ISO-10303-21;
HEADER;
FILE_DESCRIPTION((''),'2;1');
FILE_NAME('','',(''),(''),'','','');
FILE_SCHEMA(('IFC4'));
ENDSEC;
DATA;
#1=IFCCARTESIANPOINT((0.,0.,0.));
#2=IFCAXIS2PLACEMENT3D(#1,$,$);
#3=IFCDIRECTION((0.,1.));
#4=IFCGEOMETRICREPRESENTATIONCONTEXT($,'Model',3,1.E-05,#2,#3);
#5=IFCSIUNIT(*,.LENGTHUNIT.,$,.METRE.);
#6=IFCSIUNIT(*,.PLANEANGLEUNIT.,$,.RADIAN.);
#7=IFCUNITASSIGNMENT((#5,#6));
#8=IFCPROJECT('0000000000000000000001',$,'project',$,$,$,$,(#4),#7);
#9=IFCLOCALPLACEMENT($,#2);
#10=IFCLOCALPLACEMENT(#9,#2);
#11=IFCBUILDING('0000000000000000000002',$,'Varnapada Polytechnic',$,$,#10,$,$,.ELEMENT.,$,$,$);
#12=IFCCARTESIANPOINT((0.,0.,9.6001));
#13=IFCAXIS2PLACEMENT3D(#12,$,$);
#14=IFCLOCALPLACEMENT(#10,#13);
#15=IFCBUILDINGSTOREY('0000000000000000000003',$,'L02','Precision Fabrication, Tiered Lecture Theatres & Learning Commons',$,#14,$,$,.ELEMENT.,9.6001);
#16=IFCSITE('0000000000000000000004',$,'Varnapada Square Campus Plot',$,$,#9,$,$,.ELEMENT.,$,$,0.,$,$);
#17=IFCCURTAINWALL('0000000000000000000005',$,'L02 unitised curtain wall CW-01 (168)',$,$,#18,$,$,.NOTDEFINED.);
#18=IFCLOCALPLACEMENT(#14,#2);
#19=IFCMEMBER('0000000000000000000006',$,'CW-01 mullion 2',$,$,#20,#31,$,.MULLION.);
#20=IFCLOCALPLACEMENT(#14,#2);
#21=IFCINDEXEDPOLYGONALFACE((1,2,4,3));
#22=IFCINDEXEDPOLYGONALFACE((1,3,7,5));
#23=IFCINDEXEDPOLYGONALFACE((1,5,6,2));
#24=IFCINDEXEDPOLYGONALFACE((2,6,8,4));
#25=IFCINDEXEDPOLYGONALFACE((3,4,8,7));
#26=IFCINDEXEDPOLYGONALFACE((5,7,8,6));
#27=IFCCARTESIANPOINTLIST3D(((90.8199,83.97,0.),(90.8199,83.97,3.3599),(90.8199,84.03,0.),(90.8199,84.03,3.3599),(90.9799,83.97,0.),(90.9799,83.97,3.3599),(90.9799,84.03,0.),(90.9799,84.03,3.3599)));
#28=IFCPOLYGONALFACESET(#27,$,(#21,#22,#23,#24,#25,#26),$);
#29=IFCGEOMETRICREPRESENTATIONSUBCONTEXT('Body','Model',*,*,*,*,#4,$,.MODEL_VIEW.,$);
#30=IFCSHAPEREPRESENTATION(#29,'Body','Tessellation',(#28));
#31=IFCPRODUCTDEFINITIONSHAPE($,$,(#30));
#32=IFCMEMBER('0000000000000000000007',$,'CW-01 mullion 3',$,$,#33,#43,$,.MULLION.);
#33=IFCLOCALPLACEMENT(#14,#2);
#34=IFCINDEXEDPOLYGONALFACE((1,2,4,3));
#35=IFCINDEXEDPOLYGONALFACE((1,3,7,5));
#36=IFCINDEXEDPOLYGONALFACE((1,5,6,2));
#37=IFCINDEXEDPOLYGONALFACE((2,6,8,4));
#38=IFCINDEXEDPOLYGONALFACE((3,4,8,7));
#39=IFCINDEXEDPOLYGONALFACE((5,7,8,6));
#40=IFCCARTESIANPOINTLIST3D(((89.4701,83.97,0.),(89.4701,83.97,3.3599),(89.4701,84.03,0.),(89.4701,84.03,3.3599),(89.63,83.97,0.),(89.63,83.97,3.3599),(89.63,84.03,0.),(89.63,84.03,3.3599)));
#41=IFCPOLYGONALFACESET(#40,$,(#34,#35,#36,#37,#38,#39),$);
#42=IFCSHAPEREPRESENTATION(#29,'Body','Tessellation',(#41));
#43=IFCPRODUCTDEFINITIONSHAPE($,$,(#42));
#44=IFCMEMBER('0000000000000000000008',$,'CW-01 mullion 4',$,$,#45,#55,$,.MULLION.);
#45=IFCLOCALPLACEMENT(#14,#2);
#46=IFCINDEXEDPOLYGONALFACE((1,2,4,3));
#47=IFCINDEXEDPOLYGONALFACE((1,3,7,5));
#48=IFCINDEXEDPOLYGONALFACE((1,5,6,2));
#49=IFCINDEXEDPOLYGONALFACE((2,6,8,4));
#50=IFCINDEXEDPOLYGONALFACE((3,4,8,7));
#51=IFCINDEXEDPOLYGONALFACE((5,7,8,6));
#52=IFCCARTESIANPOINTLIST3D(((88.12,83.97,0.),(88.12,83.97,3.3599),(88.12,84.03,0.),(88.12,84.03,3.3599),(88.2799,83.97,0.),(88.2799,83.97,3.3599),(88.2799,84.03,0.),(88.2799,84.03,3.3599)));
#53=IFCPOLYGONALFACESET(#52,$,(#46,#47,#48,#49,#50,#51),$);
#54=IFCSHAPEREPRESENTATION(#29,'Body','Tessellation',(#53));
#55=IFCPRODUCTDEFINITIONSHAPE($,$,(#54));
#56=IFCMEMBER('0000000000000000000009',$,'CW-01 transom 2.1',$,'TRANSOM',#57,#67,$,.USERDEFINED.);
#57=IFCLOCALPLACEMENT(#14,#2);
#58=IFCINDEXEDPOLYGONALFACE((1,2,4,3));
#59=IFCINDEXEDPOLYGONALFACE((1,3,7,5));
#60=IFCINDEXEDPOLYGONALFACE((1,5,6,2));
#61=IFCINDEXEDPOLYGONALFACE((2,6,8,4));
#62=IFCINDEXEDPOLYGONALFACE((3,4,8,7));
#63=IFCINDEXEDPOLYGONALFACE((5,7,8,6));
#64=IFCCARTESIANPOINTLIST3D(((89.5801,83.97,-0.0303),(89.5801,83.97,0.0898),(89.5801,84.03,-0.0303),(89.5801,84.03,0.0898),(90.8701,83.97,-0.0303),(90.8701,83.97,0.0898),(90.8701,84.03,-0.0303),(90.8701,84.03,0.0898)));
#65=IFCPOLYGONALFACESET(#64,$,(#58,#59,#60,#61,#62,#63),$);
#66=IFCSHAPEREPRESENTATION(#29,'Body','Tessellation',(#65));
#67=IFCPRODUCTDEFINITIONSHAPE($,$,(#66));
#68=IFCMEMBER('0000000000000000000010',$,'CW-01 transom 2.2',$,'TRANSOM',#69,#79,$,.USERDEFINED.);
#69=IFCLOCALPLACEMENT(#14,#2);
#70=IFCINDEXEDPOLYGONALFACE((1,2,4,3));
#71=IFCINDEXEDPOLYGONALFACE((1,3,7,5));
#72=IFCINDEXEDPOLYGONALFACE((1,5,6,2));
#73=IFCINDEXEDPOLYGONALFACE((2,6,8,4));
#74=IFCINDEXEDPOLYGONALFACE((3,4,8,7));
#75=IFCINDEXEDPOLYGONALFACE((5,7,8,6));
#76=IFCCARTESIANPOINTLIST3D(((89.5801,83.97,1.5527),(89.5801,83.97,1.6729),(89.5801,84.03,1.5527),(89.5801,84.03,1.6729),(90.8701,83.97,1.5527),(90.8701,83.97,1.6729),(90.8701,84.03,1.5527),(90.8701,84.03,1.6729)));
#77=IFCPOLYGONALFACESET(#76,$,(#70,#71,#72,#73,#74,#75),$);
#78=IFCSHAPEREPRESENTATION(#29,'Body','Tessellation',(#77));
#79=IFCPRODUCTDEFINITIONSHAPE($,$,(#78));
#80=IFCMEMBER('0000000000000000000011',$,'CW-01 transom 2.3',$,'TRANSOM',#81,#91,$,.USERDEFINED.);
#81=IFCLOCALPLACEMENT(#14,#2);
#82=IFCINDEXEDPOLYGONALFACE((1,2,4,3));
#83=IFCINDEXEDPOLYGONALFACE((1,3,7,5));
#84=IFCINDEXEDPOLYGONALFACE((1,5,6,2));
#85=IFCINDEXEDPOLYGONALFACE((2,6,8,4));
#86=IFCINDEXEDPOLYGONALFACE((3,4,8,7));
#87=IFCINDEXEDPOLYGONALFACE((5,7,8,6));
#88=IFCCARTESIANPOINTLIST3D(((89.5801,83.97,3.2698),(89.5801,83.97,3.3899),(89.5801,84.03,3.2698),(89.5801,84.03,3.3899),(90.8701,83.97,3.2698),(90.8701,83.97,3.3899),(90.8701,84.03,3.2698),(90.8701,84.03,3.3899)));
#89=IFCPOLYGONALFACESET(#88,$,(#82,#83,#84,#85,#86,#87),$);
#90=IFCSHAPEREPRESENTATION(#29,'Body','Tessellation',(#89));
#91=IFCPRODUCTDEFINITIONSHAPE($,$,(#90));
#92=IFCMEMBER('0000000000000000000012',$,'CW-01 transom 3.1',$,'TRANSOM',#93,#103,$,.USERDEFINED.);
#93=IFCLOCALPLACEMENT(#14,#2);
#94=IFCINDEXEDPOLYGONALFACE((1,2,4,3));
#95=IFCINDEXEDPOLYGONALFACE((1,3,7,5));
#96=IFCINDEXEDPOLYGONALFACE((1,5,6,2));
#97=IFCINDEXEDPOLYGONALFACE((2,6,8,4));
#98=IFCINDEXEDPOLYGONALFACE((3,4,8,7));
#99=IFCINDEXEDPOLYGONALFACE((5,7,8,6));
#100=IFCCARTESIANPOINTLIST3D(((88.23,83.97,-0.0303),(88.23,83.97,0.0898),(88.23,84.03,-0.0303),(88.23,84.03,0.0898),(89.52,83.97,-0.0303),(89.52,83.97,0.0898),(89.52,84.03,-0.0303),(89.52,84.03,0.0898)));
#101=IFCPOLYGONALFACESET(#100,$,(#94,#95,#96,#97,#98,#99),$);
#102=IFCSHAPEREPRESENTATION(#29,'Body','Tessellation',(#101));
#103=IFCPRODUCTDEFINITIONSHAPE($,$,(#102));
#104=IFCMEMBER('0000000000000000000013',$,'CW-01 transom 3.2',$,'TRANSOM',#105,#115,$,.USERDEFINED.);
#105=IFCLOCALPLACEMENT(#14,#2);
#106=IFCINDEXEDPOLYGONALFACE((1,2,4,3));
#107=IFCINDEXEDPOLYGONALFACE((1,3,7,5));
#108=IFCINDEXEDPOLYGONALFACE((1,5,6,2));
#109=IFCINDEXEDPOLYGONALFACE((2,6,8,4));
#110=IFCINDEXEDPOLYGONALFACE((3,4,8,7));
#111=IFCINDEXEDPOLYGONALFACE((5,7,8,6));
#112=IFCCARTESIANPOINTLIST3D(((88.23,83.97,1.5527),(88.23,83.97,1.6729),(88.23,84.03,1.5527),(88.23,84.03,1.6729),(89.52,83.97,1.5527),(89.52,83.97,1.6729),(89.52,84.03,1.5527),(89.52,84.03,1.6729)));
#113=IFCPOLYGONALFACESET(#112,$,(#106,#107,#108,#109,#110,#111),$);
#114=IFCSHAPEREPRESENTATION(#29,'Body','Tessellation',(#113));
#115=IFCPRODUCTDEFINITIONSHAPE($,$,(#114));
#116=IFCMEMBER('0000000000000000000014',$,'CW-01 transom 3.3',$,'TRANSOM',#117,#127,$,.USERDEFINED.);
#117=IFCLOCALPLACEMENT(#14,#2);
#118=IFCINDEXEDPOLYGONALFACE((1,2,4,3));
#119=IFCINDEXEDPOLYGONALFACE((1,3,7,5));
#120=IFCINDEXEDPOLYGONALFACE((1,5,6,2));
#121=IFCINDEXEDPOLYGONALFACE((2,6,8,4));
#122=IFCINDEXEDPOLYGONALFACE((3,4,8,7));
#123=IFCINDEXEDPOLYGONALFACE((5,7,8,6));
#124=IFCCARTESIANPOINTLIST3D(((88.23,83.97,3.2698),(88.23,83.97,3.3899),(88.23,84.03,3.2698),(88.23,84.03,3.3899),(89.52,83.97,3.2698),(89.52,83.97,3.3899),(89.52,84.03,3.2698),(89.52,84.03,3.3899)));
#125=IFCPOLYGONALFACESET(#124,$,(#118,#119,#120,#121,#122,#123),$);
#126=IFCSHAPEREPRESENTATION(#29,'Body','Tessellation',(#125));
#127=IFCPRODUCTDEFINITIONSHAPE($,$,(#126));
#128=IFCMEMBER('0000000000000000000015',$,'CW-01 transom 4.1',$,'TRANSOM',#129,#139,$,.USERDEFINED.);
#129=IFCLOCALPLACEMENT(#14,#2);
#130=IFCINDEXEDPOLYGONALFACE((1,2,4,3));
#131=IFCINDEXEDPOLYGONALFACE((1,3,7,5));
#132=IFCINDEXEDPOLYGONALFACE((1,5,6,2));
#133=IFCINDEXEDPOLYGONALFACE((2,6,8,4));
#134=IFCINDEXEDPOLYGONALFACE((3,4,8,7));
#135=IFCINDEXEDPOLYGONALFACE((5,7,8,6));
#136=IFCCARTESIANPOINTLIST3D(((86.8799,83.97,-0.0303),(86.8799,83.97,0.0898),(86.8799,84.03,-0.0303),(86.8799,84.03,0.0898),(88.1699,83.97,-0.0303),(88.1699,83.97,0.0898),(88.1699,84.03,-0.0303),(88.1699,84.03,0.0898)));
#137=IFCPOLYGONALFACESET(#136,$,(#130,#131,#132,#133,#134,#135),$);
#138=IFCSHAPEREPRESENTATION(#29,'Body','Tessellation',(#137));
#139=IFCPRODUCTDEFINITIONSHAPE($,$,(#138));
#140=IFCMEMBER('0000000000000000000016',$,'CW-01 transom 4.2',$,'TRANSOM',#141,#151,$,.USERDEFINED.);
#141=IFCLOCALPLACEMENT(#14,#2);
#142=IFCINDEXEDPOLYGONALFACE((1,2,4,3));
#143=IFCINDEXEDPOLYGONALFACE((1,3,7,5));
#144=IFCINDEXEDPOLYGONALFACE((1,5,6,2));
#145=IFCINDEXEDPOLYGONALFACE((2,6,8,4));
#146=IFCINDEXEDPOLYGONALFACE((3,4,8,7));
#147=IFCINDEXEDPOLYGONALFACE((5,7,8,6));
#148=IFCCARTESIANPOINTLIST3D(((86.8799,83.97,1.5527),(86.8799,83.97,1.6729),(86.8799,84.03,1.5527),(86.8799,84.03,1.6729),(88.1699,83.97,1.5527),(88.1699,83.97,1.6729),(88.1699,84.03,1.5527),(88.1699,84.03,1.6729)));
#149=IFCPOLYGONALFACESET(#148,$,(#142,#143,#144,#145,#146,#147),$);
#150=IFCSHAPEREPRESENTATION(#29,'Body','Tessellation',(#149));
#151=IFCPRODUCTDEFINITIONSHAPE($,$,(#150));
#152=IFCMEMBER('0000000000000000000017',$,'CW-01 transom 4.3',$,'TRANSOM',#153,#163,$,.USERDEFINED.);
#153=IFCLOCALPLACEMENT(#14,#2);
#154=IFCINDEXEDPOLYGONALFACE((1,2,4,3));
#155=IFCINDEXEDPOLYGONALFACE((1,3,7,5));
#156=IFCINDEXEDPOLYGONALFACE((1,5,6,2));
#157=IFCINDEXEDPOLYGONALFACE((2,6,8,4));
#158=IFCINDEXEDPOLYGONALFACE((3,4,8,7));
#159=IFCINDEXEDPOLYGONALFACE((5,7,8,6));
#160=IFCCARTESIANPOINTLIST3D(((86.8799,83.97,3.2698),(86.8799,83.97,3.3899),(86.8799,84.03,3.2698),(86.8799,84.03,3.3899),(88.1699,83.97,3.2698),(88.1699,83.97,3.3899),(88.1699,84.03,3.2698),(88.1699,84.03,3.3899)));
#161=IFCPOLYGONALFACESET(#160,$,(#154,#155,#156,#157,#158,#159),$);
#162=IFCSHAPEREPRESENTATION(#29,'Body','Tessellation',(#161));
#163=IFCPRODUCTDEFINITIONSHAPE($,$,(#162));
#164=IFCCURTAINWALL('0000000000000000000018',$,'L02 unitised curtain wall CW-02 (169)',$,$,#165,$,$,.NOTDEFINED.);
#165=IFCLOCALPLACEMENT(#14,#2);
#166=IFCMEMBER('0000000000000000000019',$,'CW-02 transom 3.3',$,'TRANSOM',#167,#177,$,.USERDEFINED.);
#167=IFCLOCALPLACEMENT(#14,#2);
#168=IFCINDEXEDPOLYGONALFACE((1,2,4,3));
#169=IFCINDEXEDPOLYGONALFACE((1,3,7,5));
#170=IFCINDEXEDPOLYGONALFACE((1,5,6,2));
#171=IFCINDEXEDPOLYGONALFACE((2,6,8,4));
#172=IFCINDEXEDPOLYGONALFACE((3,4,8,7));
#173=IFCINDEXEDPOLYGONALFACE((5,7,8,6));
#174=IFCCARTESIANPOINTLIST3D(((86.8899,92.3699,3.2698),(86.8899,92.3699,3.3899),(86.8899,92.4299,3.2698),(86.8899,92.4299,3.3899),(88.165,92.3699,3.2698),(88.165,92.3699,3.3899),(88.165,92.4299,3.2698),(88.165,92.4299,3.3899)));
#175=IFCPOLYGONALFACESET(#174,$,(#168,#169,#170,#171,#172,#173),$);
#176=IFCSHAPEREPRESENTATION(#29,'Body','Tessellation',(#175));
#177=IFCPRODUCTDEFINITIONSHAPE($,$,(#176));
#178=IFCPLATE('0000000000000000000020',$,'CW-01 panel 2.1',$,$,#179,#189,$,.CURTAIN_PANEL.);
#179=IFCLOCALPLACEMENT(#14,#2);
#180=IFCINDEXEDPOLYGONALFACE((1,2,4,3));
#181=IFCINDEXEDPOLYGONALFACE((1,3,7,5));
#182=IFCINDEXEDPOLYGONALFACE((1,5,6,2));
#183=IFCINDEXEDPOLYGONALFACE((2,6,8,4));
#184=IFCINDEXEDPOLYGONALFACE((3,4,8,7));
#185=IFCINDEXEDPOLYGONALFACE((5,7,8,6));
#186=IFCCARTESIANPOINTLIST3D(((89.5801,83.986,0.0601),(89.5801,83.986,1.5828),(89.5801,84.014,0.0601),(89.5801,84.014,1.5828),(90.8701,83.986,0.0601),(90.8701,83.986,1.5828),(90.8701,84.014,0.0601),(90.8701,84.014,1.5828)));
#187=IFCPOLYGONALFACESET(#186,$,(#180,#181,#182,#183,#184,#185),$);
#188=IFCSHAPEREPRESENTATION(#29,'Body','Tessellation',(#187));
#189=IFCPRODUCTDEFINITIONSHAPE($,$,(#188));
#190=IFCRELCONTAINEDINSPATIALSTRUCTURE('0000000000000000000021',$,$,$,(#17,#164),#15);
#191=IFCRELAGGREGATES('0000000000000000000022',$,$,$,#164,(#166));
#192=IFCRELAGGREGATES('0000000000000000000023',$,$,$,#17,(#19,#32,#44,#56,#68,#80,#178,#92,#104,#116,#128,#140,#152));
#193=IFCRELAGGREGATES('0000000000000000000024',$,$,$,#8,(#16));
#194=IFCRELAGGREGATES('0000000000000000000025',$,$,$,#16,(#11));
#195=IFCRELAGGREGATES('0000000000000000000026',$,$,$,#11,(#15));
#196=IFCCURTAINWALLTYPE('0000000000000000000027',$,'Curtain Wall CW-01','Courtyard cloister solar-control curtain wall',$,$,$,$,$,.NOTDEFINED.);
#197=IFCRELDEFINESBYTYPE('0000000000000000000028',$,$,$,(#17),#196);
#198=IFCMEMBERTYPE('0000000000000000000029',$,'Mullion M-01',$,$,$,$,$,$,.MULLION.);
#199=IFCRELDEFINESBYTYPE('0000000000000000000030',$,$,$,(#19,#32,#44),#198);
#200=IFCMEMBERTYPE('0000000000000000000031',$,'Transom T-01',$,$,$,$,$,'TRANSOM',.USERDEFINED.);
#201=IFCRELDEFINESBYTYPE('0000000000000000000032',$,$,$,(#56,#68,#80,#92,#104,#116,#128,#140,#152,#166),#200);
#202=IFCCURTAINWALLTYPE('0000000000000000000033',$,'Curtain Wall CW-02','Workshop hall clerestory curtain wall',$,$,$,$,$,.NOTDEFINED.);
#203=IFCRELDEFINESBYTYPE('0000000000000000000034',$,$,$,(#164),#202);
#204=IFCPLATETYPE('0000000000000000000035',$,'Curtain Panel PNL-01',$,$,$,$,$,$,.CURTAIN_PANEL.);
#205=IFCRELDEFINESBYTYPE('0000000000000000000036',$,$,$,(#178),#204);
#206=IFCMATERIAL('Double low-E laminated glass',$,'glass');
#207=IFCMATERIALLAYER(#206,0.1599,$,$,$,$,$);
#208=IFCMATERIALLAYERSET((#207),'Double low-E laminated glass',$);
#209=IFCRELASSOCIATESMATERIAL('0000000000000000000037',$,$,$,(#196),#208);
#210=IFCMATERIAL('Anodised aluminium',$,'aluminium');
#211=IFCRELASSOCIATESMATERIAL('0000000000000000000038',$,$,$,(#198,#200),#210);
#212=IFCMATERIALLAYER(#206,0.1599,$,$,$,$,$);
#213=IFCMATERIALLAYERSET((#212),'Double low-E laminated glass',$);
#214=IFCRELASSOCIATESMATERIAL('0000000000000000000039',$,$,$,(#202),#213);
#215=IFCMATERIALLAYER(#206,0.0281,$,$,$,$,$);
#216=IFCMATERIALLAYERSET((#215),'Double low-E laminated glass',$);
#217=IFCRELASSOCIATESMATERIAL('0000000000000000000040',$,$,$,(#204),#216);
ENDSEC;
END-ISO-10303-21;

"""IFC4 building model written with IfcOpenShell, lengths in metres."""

from ifc_helpers import new_model, si_unit, direction, frame, origin, origin_2d, place, context, subcontext, project, spatial, rectangle, extrude, material, layer, layer_set, material_profile, profile_set, type_object, element, aggregate, save


model = new_model("IFC4")

# Units and contexts
model_context = context("Model", 3, precision=1e-05, world=origin(), true_north=direction((0.0, 1.0)))
body_context = subcontext(model_context, "Body", "Model", "MODEL_VIEW")
ifc_project = project(units=[si_unit("LENGTHUNIT", "METRE"), si_unit("PLANEANGLEUNIT", "RADIAN")], contexts=[model_context])

# Site, building, storey
site_placement = place(None, origin())
site = spatial("IfcSite", under=ifc_project, at=site_placement, Name="Varnapada Square Campus Plot", CompositionType="ELEMENT", RefElevation=0.0)
building_placement = place(site_placement, origin())
building = spatial("IfcBuilding", under=site, at=building_placement, Name="Varnapada Polytechnic", CompositionType="ELEMENT")
storey_placement = place(building_placement, frame((0.0, 0.0, 9.6001)))
storey = spatial("IfcBuildingStorey", under=building, at=storey_placement, Name="L02", Description="Precision Fabrication, Tiered Lecture Theatres & Learning Commons", CompositionType="ELEMENT", Elevation=9.6001)

# Curtain wall, members
ifc_material_1 = material(Name="Double low-E laminated glass", Category="glass")
ifc_layer_1 = layer(ifc_material_1, 0.1599)
ifc_layer_set_1 = layer_set([ifc_layer_1], Name="Double low-E laminated glass")
curtain_wall_type_1 = type_object("IfcCurtainWallType", Name="Curtain Wall CW-01", Description="Courtyard cloister solar-control curtain wall", PredefinedType="NOTDEFINED", material=ifc_layer_set_1)
curtain_wall_1_placement = place(storey_placement, origin())
curtain_wall_1 = element("IfcCurtainWall", 1, at=curtain_wall_1_placement, inside=storey, type_object=curtain_wall_type_1, Name="L02 unitised curtain wall CW-01 (168)", PredefinedType="NOTDEFINED")
ifc_material_2 = material(Name="Anodised aluminium", Category="aluminium")
ifc_material_profile_1 = material_profile(ifc_material_2, rectangle(XDim=0.0601, YDim=0.1599, at=origin_2d()), Name="ALU M60x160")
ifc_profile_set_1 = profile_set([ifc_material_profile_1], Name="Anodised aluminium")
member_type_1 = type_object("IfcMemberType", Name="Mullion M-01", PredefinedType="MULLION", material=ifc_profile_set_1)
member_1_placement = place(storey_placement, frame((90.8999, 84.0, 0.0), z_axis=(0.0, 0.0, 1.0), x_axis=(0.0, -1.0, 0.0)))
member_1 = element("IfcMember", 2, at=member_1_placement, type_object=member_type_1, Name="CW-01 mullion 2", PredefinedType="MULLION", context=body_context, shape_type="SweptSolid", body=[
    extrude(rectangle(XDim=0.0601, YDim=0.1599, at=origin_2d()), origin(), (0.0, 0.0, 1.0), 3.3599),
])
member_2_placement = place(storey_placement, frame((89.55, 84.0, 0.0), z_axis=(0.0, 0.0, 1.0), x_axis=(0.0, -1.0, 0.0)))
member_2 = element("IfcMember", 3, at=member_2_placement, type_object=member_type_1, Name="CW-01 mullion 3", PredefinedType="MULLION", context=body_context, shape_type="SweptSolid", body=[
    extrude(rectangle(XDim=0.0601, YDim=0.1599, at=origin_2d()), origin(), (0.0, 0.0, 1.0), 3.3599),
])
member_3_placement = place(storey_placement, frame((88.2, 84.0, 0.0), z_axis=(0.0, 0.0, 1.0), x_axis=(0.0, -1.0, 0.0)))
member_3 = element("IfcMember", 4, at=member_3_placement, type_object=member_type_1, Name="CW-01 mullion 4", PredefinedType="MULLION", context=body_context, shape_type="SweptSolid", body=[
    extrude(rectangle(XDim=0.0601, YDim=0.1599, at=origin_2d()), origin(), (0.0, 0.0, 1.0), 3.3599),
])
ifc_material_profile_2 = material_profile(ifc_material_2, rectangle(XDim=0.0601, YDim=0.1201, at=origin_2d()), Name="ALU T60x120")
ifc_profile_set_2 = profile_set([ifc_material_profile_2], Name="Anodised aluminium")
member_type_2 = type_object("IfcMemberType", Name="Transom T-01", ElementType="TRANSOM", PredefinedType="USERDEFINED", material=ifc_profile_set_2)
member_4_placement = place(storey_placement, frame((90.8701, 84.0, 0.0298), z_axis=(-1.0, 0.0, 0.0), x_axis=(0.0, -1.0, 0.0)))
member_4 = element("IfcMember", 5, at=member_4_placement, type_object=member_type_2, Name="CW-01 transom 2.1", ObjectType="TRANSOM", PredefinedType="USERDEFINED", context=body_context, shape_type="SweptSolid", body=[
    extrude(rectangle(XDim=0.0601, YDim=0.1201, at=origin_2d()), origin(), (0.0, 0.0, 1.0), 1.29),
])
member_5_placement = place(storey_placement, frame((90.8701, 84.0, 1.6128), z_axis=(-1.0, 0.0, 0.0), x_axis=(0.0, -1.0, 0.0)))
member_5 = element("IfcMember", 6, at=member_5_placement, type_object=member_type_2, Name="CW-01 transom 2.2", ObjectType="TRANSOM", PredefinedType="USERDEFINED", context=body_context, shape_type="SweptSolid", body=[
    extrude(rectangle(XDim=0.0601, YDim=0.1201, at=origin_2d()), origin(), (0.0, 0.0, 1.0), 1.29),
])
member_6_placement = place(storey_placement, frame((90.8701, 84.0, 3.3298), z_axis=(-1.0, 0.0, 0.0), x_axis=(0.0, -1.0, 0.0)))
member_6 = element("IfcMember", 7, at=member_6_placement, type_object=member_type_2, Name="CW-01 transom 2.3", ObjectType="TRANSOM", PredefinedType="USERDEFINED", context=body_context, shape_type="SweptSolid", body=[
    extrude(rectangle(XDim=0.0601, YDim=0.1201, at=origin_2d()), origin(), (0.0, 0.0, 1.0), 1.29),
])
member_7_placement = place(storey_placement, frame((89.52, 84.0, 0.0298), z_axis=(-1.0, 0.0, 0.0), x_axis=(0.0, -1.0, 0.0)))
member_7 = element("IfcMember", 8, at=member_7_placement, type_object=member_type_2, Name="CW-01 transom 3.1", ObjectType="TRANSOM", PredefinedType="USERDEFINED", context=body_context, shape_type="SweptSolid", body=[
    extrude(rectangle(XDim=0.0601, YDim=0.1201, at=origin_2d()), origin(), (0.0, 0.0, 1.0), 1.29),
])
member_8_placement = place(storey_placement, frame((89.52, 84.0, 1.6128), z_axis=(-1.0, 0.0, 0.0), x_axis=(0.0, -1.0, 0.0)))
member_8 = element("IfcMember", 9, at=member_8_placement, type_object=member_type_2, Name="CW-01 transom 3.2", ObjectType="TRANSOM", PredefinedType="USERDEFINED", context=body_context, shape_type="SweptSolid", body=[
    extrude(rectangle(XDim=0.0601, YDim=0.1201, at=origin_2d()), origin(), (0.0, 0.0, 1.0), 1.29),
])
member_9_placement = place(storey_placement, frame((89.52, 84.0, 3.3298), z_axis=(-1.0, 0.0, 0.0), x_axis=(0.0, -1.0, 0.0)))
member_9 = element("IfcMember", 10, at=member_9_placement, type_object=member_type_2, Name="CW-01 transom 3.3", ObjectType="TRANSOM", PredefinedType="USERDEFINED", context=body_context, shape_type="SweptSolid", body=[
    extrude(rectangle(XDim=0.0601, YDim=0.1201, at=origin_2d()), origin(), (0.0, 0.0, 1.0), 1.29),
])
member_10_placement = place(storey_placement, frame((88.1699, 84.0, 0.0298), z_axis=(-1.0, 0.0, 0.0), x_axis=(0.0, -1.0, 0.0)))
member_10 = element("IfcMember", 11, at=member_10_placement, type_object=member_type_2, Name="CW-01 transom 4.1", ObjectType="TRANSOM", PredefinedType="USERDEFINED", context=body_context, shape_type="SweptSolid", body=[
    extrude(rectangle(XDim=0.0601, YDim=0.1201, at=origin_2d()), origin(), (0.0, 0.0, 1.0), 1.29),
])
member_11_placement = place(storey_placement, frame((88.1699, 84.0, 1.6128), z_axis=(-1.0, 0.0, 0.0), x_axis=(0.0, -1.0, 0.0)))
member_11 = element("IfcMember", 12, at=member_11_placement, type_object=member_type_2, Name="CW-01 transom 4.2", ObjectType="TRANSOM", PredefinedType="USERDEFINED", context=body_context, shape_type="SweptSolid", body=[
    extrude(rectangle(XDim=0.0601, YDim=0.1201, at=origin_2d()), origin(), (0.0, 0.0, 1.0), 1.29),
])
member_12_placement = place(storey_placement, frame((88.1699, 84.0, 3.3298), z_axis=(-1.0, 0.0, 0.0), x_axis=(0.0, -1.0, 0.0)))
member_12 = element("IfcMember", 13, at=member_12_placement, type_object=member_type_2, Name="CW-01 transom 4.3", ObjectType="TRANSOM", PredefinedType="USERDEFINED", context=body_context, shape_type="SweptSolid", body=[
    extrude(rectangle(XDim=0.0601, YDim=0.1201, at=origin_2d()), origin(), (0.0, 0.0, 1.0), 1.29),
])

# Curtain wall, member
ifc_layer_2 = layer(ifc_material_1, 0.1599)
ifc_layer_set_2 = layer_set([ifc_layer_2], Name="Double low-E laminated glass")
curtain_wall_type_2 = type_object("IfcCurtainWallType", Name="Curtain Wall CW-02", Description="Workshop hall clerestory curtain wall", PredefinedType="NOTDEFINED", material=ifc_layer_set_2)
curtain_wall_2_placement = place(storey_placement, origin())
curtain_wall_2 = element("IfcCurtainWall", 14, at=curtain_wall_2_placement, inside=storey, type_object=curtain_wall_type_2, Name="L02 unitised curtain wall CW-02 (169)", PredefinedType="NOTDEFINED")
member_13_placement = place(storey_placement, frame((86.8899, 92.3999, 3.3298), z_axis=(1.0, 0.0, 0.0), x_axis=(0.0, 1.0, 0.0)))
member_13 = element("IfcMember", 15, at=member_13_placement, type_object=member_type_2, Name="CW-02 transom 3.3", ObjectType="TRANSOM", PredefinedType="USERDEFINED", context=body_context, shape_type="SweptSolid", body=[
    extrude(rectangle(XDim=0.0601, YDim=0.1201, at=origin_2d()), origin(), (0.0, 0.0, 1.0), 1.2751),
])
aggregate(curtain_wall_2, [member_13])

# Plate
ifc_layer_3 = layer(ifc_material_1, 0.0281)
ifc_layer_set_3 = layer_set([ifc_layer_3], Name="Double low-E laminated glass")
plate_type = type_object("IfcPlateType", Name="Curtain Panel PNL-01", PredefinedType="CURTAIN_PANEL", material=ifc_layer_set_3)
plate_1_placement = place(storey_placement, frame((90.2251, 84.0, 0.0601), z_axis=(0.0, 0.0, 1.0), x_axis=(-1.0, 0.0, 0.0)))
plate_1 = element("IfcPlate", 16, at=plate_1_placement, type_object=plate_type, Name="CW-01 panel 2.1", PredefinedType="CURTAIN_PANEL", context=body_context, shape_type="SweptSolid", body=[
    extrude(rectangle(XDim=1.29, YDim=0.0281, at=origin_2d()), origin(), (0.0, 0.0, 1.0), 1.5227),
])
aggregate(curtain_wall_1, [member_1, member_2, member_3, member_4, member_5, member_6, plate_1, member_7, member_8, member_9, member_10, member_11, member_12])

save(model, "model.ifc")
